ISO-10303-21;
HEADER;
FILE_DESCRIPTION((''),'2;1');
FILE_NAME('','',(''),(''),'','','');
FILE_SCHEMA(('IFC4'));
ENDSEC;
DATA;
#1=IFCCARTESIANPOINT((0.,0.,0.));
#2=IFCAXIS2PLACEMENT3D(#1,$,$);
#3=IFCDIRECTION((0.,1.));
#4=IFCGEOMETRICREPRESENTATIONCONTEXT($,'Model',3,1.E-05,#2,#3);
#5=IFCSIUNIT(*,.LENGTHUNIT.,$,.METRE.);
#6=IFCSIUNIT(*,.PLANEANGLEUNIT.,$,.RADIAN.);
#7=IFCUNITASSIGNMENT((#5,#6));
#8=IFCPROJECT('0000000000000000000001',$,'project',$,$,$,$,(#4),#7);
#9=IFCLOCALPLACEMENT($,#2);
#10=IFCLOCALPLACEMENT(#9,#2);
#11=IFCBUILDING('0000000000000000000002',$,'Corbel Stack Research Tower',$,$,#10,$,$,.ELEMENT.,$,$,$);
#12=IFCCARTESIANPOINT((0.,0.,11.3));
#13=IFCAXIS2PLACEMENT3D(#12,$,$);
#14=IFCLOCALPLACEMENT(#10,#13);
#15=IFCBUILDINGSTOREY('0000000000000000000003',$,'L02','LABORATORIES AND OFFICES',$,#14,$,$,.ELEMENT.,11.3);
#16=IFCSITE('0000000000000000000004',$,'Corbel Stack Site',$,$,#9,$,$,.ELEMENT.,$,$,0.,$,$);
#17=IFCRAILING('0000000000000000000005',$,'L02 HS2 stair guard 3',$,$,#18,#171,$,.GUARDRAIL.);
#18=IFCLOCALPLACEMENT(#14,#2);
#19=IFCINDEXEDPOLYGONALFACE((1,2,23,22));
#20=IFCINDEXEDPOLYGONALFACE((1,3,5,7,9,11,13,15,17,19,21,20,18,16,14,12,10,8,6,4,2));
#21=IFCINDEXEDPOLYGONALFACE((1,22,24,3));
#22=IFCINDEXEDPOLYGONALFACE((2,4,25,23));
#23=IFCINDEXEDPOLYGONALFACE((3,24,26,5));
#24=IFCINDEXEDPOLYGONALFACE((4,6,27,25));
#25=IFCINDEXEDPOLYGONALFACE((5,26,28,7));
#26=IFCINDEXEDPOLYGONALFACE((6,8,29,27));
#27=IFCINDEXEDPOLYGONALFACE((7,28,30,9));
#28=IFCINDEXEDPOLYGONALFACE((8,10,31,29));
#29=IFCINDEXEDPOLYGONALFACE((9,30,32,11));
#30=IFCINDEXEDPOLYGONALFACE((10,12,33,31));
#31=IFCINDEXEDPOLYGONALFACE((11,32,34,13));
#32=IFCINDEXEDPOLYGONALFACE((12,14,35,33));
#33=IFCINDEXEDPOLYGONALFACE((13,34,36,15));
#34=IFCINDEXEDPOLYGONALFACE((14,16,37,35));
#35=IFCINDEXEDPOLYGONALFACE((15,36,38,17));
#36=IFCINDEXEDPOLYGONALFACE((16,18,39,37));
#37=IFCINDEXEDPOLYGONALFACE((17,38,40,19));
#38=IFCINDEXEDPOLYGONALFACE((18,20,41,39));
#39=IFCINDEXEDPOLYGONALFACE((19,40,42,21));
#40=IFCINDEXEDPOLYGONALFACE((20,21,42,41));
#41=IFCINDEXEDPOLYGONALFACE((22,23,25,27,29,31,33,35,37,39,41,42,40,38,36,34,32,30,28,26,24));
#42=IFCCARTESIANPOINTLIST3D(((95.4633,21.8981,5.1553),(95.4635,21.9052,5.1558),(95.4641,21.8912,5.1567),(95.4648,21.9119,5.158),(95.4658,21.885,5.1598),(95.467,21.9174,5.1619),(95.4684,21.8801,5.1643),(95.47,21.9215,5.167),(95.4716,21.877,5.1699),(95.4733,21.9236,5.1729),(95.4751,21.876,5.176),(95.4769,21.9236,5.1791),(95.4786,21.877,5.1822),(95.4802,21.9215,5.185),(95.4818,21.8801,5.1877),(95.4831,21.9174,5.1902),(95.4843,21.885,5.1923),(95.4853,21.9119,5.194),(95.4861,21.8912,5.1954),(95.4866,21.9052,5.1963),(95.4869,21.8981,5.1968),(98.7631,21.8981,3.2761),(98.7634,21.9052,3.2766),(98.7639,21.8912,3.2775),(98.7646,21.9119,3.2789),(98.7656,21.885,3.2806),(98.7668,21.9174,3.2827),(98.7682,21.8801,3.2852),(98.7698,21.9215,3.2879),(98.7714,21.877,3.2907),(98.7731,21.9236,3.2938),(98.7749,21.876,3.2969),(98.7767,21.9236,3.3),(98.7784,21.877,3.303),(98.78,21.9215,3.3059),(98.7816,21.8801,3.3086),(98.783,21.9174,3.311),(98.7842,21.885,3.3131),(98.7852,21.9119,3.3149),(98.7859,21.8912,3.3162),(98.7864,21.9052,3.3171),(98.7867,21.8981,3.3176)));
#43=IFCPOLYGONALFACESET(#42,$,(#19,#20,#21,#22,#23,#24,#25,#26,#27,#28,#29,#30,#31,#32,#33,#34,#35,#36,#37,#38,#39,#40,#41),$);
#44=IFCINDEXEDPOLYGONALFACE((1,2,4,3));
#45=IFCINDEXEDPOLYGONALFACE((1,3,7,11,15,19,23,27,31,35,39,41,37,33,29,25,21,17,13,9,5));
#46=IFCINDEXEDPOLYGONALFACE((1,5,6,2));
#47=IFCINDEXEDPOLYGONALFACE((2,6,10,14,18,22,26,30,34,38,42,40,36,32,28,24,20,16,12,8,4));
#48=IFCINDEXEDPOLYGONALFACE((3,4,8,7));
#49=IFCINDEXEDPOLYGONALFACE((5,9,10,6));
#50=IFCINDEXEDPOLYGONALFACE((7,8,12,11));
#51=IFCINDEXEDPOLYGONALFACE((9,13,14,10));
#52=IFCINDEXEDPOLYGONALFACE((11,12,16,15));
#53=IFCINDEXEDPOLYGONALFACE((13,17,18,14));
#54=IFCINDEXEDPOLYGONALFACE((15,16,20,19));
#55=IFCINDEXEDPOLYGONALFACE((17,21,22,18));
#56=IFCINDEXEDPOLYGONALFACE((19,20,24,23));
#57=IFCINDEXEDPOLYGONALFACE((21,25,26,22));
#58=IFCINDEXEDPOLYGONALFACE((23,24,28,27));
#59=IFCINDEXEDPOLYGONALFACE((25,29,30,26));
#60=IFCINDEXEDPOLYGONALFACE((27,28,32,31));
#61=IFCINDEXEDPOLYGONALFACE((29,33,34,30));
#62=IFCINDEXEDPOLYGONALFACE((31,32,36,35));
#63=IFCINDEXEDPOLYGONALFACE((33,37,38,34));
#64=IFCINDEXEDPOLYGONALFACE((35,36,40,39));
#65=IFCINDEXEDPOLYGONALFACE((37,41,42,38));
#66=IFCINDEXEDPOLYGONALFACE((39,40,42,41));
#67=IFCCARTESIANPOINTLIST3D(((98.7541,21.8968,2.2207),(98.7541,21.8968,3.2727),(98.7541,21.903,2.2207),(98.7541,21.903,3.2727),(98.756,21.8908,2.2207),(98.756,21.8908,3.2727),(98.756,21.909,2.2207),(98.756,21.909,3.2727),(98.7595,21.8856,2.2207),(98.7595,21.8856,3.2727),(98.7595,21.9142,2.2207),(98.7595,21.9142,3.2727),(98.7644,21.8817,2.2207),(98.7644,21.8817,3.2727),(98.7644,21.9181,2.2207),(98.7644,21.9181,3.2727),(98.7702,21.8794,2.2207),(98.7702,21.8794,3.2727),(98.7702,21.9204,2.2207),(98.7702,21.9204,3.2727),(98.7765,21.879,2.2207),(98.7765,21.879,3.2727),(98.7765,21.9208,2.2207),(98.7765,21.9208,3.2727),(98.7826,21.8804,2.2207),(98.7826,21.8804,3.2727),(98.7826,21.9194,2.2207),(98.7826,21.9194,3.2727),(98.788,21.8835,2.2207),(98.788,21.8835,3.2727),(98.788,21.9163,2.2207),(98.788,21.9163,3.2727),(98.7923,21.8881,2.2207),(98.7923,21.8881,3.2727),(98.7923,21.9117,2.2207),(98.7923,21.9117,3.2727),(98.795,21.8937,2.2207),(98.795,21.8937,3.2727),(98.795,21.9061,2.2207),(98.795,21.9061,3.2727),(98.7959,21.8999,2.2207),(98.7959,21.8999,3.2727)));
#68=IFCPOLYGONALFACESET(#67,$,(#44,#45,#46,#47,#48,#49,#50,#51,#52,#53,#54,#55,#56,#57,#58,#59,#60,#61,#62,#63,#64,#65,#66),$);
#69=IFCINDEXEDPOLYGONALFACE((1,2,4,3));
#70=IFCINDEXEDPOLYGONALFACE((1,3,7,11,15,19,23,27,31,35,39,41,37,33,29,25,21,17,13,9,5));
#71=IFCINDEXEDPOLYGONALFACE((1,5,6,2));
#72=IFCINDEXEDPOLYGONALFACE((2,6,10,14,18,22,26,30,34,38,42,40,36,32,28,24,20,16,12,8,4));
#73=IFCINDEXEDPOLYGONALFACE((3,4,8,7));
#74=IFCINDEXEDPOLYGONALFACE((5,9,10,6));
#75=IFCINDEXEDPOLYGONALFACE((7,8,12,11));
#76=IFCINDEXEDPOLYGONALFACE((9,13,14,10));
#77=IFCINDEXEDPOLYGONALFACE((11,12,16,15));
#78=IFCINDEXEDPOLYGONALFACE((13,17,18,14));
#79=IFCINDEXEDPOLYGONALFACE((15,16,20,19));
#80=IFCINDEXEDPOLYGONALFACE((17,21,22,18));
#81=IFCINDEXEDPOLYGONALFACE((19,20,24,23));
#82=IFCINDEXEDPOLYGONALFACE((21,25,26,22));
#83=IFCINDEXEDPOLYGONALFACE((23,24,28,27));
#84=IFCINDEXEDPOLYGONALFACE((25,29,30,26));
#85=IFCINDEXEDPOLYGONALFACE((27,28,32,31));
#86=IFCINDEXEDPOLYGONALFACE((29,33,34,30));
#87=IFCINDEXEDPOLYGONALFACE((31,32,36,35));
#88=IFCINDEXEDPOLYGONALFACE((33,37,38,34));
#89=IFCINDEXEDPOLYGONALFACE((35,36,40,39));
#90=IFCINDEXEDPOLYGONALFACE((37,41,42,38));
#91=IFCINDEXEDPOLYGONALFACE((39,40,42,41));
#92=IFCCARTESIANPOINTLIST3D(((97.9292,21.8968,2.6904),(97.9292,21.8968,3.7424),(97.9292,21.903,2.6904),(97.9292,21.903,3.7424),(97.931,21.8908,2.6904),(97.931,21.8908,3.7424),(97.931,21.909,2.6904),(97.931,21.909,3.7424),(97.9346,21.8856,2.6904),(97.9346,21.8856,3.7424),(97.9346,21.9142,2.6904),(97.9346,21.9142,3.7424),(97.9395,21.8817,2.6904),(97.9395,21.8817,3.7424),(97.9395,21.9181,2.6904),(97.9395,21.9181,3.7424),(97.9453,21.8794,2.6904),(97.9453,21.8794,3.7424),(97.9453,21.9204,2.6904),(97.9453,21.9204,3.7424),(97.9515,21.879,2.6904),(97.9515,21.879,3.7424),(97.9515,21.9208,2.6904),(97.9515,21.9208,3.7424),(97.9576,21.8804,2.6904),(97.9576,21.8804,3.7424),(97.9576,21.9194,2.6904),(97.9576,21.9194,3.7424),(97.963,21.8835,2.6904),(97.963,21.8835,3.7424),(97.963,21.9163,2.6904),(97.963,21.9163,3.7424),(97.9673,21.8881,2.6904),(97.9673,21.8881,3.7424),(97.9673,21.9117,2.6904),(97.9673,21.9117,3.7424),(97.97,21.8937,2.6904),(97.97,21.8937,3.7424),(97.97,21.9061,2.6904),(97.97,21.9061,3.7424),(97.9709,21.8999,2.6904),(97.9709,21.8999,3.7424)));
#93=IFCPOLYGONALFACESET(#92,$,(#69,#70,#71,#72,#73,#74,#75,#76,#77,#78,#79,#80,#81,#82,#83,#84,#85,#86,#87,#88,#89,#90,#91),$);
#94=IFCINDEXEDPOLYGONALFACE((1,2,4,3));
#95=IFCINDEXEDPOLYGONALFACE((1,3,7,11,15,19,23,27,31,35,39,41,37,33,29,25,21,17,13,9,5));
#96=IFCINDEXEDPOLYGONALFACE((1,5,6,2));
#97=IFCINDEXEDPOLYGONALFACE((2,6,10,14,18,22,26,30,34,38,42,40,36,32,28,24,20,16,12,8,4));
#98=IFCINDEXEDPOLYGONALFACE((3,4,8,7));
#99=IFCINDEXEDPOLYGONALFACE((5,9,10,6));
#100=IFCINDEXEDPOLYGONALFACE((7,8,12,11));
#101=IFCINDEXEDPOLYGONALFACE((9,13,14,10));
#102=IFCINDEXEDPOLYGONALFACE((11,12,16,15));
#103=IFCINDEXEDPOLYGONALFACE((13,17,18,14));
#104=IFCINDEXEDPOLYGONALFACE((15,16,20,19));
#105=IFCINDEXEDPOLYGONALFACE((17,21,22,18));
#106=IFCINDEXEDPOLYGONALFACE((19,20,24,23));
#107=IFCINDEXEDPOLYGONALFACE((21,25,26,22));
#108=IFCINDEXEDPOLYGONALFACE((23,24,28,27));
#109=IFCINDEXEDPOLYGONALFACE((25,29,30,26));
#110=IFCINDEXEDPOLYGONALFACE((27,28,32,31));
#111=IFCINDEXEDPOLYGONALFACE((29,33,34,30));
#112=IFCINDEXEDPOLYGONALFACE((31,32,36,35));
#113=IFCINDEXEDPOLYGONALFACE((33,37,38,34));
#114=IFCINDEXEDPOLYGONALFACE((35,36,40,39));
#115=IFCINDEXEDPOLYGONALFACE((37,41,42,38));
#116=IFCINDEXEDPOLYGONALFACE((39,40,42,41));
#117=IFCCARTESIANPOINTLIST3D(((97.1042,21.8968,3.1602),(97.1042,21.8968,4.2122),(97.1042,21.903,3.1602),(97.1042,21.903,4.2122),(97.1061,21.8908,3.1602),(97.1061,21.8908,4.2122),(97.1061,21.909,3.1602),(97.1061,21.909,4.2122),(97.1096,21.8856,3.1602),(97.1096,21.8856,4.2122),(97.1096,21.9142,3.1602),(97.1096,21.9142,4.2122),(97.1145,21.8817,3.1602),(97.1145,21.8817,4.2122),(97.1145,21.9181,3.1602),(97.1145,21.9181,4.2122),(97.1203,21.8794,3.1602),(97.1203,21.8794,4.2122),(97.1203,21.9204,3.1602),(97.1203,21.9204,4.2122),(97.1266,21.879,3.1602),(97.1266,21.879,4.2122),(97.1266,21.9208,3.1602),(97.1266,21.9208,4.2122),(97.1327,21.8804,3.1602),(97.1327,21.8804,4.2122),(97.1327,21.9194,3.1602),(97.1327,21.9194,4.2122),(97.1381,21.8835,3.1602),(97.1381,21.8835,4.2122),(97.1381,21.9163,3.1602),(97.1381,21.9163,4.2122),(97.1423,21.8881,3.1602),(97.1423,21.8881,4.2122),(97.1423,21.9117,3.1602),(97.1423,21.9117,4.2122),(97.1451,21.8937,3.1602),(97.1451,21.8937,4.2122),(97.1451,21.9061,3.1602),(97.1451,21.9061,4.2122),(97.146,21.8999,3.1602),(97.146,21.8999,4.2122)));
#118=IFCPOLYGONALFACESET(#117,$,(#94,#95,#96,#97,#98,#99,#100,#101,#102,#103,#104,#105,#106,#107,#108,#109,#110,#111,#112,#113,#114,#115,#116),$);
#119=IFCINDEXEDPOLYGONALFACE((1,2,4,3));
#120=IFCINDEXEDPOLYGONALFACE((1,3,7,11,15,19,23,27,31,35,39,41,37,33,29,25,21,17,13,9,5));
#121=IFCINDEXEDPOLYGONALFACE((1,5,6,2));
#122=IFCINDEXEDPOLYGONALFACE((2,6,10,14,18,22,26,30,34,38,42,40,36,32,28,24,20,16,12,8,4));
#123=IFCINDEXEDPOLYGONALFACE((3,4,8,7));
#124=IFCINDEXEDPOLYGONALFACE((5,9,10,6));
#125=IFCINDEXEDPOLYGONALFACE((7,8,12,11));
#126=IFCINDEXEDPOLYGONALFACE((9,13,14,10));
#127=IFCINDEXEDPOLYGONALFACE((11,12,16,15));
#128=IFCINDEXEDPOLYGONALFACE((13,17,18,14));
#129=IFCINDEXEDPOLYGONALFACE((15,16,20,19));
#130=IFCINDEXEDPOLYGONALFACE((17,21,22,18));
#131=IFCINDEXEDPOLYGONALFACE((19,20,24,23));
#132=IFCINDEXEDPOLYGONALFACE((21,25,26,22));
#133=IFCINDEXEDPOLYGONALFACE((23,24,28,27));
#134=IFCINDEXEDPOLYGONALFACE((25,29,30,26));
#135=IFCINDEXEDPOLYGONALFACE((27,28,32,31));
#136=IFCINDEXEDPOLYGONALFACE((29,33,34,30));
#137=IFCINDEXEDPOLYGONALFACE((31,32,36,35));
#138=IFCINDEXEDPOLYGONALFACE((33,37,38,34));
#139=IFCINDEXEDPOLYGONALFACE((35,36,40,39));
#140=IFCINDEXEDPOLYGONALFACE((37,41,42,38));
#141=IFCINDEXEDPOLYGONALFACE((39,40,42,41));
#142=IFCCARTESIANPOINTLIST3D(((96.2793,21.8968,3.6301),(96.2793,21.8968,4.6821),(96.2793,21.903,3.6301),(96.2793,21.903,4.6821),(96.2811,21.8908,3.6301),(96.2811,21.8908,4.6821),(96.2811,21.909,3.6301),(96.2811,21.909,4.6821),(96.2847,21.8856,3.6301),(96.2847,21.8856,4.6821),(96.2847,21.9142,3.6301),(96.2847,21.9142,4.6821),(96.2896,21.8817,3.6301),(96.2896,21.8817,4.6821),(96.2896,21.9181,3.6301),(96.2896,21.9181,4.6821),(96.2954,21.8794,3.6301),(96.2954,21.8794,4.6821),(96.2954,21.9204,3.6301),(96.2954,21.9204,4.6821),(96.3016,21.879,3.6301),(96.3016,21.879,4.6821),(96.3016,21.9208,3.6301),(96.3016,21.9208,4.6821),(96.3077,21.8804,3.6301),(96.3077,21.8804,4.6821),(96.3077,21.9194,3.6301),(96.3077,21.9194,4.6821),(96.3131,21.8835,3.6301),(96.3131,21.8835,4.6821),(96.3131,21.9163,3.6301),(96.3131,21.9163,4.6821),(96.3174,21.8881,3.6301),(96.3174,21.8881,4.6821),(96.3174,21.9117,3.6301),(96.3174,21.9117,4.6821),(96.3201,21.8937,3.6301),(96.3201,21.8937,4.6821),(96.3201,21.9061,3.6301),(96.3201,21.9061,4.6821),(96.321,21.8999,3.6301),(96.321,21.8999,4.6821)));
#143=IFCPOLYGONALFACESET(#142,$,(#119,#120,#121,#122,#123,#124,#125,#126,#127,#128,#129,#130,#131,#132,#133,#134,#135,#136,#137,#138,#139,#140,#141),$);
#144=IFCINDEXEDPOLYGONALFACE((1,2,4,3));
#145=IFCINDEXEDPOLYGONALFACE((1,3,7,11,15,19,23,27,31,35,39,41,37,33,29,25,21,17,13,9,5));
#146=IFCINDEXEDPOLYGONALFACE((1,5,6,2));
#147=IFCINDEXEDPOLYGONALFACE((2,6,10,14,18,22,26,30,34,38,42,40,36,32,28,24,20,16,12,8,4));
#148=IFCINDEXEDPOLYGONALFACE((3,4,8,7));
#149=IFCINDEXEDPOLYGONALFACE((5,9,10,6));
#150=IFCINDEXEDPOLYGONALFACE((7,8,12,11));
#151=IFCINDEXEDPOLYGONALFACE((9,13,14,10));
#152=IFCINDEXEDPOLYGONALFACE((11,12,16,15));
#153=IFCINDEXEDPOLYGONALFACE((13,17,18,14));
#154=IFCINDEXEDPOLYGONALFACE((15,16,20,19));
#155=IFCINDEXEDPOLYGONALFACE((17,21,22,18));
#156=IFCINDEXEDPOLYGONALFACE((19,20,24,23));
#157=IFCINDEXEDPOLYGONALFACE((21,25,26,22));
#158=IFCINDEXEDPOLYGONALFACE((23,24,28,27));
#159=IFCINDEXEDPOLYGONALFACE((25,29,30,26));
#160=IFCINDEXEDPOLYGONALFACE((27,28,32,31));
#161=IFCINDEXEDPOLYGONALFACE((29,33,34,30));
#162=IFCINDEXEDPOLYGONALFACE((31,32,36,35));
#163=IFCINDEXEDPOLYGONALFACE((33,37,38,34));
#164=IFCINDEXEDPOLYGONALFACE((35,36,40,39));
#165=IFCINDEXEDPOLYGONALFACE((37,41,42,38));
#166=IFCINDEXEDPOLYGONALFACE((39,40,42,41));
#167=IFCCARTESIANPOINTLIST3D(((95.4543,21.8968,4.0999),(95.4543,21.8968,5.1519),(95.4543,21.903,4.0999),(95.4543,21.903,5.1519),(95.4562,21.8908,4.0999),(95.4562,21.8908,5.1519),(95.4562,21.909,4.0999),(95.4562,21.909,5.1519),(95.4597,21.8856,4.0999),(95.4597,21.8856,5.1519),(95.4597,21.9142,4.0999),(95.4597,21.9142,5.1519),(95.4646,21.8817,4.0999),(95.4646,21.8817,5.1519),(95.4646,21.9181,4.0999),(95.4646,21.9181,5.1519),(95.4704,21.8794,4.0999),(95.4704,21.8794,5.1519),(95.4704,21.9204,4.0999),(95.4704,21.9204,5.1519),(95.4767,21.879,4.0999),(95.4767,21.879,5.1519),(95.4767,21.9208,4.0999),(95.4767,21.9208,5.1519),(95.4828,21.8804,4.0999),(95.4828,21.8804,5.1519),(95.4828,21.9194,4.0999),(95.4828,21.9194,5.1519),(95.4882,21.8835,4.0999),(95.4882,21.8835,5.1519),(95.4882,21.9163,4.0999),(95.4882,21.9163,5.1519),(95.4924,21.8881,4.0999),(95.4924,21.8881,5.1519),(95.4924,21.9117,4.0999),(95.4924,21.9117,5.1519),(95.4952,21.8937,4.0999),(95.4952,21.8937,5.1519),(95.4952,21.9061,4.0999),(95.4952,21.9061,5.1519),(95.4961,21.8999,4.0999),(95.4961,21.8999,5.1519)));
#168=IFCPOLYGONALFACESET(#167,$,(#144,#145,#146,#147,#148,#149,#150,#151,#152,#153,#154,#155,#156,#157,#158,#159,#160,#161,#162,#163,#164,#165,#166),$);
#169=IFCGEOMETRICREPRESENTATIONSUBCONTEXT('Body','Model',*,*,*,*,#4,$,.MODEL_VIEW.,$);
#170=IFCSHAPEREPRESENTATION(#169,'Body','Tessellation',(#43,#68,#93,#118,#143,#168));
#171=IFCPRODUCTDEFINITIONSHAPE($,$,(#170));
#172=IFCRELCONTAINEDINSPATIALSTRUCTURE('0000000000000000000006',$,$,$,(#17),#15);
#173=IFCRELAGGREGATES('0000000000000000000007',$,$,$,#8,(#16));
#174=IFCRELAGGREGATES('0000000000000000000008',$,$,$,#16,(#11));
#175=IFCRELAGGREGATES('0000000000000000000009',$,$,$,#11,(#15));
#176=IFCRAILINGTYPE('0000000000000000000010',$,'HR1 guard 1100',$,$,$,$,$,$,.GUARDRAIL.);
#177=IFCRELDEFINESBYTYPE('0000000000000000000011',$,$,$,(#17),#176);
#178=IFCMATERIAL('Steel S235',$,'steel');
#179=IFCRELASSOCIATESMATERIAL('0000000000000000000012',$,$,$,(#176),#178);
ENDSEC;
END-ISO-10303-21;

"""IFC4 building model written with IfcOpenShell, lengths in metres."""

from ifc_helpers import new_model, si_unit, direction, frame, origin, origin_2d, place, context, subcontext, project, spatial, circle, extrude, material, type_object, element, save


model = new_model("IFC4")

# Units and contexts
model_context = context("Model", 3, precision=1e-05, world=origin(), true_north=direction((0.0, 1.0)))
body_context = subcontext(model_context, "Body", "Model", "MODEL_VIEW")
ifc_project = project(units=[si_unit("LENGTHUNIT", "METRE"), si_unit("PLANEANGLEUNIT", "RADIAN")], contexts=[model_context])

# Site, building, storey
site_placement = place(None, origin())
site = spatial("IfcSite", under=ifc_project, at=site_placement, Name="Corbel Stack Site", CompositionType="ELEMENT", RefElevation=0.0)
building_placement = place(site_placement, origin())
building = spatial("IfcBuilding", under=site, at=building_placement, Name="Corbel Stack Research Tower", CompositionType="ELEMENT")
storey_placement = place(building_placement, frame((0.0, 0.0, 11.3)))
storey = spatial("IfcBuildingStorey", under=building, at=storey_placement, Name="L02", Description="LABORATORIES AND OFFICES", CompositionType="ELEMENT", Elevation=11.3)

# Railing
ifc_material_1 = material(Name="Steel S235", Category="steel")
railing_type_1 = type_object("IfcRailingType", Name="HR1 guard 1100", PredefinedType="GUARDRAIL", material=ifc_material_1)
railing_1_placement = place(storey_placement, frame((98.7749, 21.8999, 2.2207)))
element("IfcRailing", 1, at=railing_1_placement, inside=storey, type_object=railing_type_1, Name="L02 HS2 stair guard 3", PredefinedType="GUARDRAIL", context=body_context, shape_type="SweptSolid", body=[
    extrude(circle(Radius=0.0239, at=origin_2d()), frame((0.0, 0.0, 1.0762), z_axis=(-0.868974, 0.0, 0.494857), x_axis=(0.0, -1.0, 0.0)), (0.0, 0.0, 1.0), 3.7974),
    extrude(circle(Radius=0.021, at=origin_2d()), origin(), (0.0, 0.0, 1.0), 1.052),
    extrude(circle(Radius=0.021, at=origin_2d()), frame((-0.825, 0.0, 0.4697)), (0.0, 0.0, 1.0), 1.052),
    extrude(circle(Radius=0.021, at=origin_2d()), frame((-1.6499, 0.0, 0.9395)), (0.0, 0.0, 1.0), 1.052),
    extrude(circle(Radius=0.021, at=origin_2d()), frame((-2.4749, 0.0, 1.4094)), (0.0, 0.0, 1.0), 1.052),
    extrude(circle(Radius=0.021, at=origin_2d()), frame((-3.2998, 0.0, 1.8792)), (0.0, 0.0, 1.0), 1.052),
])

save(model, "model.ifc")
